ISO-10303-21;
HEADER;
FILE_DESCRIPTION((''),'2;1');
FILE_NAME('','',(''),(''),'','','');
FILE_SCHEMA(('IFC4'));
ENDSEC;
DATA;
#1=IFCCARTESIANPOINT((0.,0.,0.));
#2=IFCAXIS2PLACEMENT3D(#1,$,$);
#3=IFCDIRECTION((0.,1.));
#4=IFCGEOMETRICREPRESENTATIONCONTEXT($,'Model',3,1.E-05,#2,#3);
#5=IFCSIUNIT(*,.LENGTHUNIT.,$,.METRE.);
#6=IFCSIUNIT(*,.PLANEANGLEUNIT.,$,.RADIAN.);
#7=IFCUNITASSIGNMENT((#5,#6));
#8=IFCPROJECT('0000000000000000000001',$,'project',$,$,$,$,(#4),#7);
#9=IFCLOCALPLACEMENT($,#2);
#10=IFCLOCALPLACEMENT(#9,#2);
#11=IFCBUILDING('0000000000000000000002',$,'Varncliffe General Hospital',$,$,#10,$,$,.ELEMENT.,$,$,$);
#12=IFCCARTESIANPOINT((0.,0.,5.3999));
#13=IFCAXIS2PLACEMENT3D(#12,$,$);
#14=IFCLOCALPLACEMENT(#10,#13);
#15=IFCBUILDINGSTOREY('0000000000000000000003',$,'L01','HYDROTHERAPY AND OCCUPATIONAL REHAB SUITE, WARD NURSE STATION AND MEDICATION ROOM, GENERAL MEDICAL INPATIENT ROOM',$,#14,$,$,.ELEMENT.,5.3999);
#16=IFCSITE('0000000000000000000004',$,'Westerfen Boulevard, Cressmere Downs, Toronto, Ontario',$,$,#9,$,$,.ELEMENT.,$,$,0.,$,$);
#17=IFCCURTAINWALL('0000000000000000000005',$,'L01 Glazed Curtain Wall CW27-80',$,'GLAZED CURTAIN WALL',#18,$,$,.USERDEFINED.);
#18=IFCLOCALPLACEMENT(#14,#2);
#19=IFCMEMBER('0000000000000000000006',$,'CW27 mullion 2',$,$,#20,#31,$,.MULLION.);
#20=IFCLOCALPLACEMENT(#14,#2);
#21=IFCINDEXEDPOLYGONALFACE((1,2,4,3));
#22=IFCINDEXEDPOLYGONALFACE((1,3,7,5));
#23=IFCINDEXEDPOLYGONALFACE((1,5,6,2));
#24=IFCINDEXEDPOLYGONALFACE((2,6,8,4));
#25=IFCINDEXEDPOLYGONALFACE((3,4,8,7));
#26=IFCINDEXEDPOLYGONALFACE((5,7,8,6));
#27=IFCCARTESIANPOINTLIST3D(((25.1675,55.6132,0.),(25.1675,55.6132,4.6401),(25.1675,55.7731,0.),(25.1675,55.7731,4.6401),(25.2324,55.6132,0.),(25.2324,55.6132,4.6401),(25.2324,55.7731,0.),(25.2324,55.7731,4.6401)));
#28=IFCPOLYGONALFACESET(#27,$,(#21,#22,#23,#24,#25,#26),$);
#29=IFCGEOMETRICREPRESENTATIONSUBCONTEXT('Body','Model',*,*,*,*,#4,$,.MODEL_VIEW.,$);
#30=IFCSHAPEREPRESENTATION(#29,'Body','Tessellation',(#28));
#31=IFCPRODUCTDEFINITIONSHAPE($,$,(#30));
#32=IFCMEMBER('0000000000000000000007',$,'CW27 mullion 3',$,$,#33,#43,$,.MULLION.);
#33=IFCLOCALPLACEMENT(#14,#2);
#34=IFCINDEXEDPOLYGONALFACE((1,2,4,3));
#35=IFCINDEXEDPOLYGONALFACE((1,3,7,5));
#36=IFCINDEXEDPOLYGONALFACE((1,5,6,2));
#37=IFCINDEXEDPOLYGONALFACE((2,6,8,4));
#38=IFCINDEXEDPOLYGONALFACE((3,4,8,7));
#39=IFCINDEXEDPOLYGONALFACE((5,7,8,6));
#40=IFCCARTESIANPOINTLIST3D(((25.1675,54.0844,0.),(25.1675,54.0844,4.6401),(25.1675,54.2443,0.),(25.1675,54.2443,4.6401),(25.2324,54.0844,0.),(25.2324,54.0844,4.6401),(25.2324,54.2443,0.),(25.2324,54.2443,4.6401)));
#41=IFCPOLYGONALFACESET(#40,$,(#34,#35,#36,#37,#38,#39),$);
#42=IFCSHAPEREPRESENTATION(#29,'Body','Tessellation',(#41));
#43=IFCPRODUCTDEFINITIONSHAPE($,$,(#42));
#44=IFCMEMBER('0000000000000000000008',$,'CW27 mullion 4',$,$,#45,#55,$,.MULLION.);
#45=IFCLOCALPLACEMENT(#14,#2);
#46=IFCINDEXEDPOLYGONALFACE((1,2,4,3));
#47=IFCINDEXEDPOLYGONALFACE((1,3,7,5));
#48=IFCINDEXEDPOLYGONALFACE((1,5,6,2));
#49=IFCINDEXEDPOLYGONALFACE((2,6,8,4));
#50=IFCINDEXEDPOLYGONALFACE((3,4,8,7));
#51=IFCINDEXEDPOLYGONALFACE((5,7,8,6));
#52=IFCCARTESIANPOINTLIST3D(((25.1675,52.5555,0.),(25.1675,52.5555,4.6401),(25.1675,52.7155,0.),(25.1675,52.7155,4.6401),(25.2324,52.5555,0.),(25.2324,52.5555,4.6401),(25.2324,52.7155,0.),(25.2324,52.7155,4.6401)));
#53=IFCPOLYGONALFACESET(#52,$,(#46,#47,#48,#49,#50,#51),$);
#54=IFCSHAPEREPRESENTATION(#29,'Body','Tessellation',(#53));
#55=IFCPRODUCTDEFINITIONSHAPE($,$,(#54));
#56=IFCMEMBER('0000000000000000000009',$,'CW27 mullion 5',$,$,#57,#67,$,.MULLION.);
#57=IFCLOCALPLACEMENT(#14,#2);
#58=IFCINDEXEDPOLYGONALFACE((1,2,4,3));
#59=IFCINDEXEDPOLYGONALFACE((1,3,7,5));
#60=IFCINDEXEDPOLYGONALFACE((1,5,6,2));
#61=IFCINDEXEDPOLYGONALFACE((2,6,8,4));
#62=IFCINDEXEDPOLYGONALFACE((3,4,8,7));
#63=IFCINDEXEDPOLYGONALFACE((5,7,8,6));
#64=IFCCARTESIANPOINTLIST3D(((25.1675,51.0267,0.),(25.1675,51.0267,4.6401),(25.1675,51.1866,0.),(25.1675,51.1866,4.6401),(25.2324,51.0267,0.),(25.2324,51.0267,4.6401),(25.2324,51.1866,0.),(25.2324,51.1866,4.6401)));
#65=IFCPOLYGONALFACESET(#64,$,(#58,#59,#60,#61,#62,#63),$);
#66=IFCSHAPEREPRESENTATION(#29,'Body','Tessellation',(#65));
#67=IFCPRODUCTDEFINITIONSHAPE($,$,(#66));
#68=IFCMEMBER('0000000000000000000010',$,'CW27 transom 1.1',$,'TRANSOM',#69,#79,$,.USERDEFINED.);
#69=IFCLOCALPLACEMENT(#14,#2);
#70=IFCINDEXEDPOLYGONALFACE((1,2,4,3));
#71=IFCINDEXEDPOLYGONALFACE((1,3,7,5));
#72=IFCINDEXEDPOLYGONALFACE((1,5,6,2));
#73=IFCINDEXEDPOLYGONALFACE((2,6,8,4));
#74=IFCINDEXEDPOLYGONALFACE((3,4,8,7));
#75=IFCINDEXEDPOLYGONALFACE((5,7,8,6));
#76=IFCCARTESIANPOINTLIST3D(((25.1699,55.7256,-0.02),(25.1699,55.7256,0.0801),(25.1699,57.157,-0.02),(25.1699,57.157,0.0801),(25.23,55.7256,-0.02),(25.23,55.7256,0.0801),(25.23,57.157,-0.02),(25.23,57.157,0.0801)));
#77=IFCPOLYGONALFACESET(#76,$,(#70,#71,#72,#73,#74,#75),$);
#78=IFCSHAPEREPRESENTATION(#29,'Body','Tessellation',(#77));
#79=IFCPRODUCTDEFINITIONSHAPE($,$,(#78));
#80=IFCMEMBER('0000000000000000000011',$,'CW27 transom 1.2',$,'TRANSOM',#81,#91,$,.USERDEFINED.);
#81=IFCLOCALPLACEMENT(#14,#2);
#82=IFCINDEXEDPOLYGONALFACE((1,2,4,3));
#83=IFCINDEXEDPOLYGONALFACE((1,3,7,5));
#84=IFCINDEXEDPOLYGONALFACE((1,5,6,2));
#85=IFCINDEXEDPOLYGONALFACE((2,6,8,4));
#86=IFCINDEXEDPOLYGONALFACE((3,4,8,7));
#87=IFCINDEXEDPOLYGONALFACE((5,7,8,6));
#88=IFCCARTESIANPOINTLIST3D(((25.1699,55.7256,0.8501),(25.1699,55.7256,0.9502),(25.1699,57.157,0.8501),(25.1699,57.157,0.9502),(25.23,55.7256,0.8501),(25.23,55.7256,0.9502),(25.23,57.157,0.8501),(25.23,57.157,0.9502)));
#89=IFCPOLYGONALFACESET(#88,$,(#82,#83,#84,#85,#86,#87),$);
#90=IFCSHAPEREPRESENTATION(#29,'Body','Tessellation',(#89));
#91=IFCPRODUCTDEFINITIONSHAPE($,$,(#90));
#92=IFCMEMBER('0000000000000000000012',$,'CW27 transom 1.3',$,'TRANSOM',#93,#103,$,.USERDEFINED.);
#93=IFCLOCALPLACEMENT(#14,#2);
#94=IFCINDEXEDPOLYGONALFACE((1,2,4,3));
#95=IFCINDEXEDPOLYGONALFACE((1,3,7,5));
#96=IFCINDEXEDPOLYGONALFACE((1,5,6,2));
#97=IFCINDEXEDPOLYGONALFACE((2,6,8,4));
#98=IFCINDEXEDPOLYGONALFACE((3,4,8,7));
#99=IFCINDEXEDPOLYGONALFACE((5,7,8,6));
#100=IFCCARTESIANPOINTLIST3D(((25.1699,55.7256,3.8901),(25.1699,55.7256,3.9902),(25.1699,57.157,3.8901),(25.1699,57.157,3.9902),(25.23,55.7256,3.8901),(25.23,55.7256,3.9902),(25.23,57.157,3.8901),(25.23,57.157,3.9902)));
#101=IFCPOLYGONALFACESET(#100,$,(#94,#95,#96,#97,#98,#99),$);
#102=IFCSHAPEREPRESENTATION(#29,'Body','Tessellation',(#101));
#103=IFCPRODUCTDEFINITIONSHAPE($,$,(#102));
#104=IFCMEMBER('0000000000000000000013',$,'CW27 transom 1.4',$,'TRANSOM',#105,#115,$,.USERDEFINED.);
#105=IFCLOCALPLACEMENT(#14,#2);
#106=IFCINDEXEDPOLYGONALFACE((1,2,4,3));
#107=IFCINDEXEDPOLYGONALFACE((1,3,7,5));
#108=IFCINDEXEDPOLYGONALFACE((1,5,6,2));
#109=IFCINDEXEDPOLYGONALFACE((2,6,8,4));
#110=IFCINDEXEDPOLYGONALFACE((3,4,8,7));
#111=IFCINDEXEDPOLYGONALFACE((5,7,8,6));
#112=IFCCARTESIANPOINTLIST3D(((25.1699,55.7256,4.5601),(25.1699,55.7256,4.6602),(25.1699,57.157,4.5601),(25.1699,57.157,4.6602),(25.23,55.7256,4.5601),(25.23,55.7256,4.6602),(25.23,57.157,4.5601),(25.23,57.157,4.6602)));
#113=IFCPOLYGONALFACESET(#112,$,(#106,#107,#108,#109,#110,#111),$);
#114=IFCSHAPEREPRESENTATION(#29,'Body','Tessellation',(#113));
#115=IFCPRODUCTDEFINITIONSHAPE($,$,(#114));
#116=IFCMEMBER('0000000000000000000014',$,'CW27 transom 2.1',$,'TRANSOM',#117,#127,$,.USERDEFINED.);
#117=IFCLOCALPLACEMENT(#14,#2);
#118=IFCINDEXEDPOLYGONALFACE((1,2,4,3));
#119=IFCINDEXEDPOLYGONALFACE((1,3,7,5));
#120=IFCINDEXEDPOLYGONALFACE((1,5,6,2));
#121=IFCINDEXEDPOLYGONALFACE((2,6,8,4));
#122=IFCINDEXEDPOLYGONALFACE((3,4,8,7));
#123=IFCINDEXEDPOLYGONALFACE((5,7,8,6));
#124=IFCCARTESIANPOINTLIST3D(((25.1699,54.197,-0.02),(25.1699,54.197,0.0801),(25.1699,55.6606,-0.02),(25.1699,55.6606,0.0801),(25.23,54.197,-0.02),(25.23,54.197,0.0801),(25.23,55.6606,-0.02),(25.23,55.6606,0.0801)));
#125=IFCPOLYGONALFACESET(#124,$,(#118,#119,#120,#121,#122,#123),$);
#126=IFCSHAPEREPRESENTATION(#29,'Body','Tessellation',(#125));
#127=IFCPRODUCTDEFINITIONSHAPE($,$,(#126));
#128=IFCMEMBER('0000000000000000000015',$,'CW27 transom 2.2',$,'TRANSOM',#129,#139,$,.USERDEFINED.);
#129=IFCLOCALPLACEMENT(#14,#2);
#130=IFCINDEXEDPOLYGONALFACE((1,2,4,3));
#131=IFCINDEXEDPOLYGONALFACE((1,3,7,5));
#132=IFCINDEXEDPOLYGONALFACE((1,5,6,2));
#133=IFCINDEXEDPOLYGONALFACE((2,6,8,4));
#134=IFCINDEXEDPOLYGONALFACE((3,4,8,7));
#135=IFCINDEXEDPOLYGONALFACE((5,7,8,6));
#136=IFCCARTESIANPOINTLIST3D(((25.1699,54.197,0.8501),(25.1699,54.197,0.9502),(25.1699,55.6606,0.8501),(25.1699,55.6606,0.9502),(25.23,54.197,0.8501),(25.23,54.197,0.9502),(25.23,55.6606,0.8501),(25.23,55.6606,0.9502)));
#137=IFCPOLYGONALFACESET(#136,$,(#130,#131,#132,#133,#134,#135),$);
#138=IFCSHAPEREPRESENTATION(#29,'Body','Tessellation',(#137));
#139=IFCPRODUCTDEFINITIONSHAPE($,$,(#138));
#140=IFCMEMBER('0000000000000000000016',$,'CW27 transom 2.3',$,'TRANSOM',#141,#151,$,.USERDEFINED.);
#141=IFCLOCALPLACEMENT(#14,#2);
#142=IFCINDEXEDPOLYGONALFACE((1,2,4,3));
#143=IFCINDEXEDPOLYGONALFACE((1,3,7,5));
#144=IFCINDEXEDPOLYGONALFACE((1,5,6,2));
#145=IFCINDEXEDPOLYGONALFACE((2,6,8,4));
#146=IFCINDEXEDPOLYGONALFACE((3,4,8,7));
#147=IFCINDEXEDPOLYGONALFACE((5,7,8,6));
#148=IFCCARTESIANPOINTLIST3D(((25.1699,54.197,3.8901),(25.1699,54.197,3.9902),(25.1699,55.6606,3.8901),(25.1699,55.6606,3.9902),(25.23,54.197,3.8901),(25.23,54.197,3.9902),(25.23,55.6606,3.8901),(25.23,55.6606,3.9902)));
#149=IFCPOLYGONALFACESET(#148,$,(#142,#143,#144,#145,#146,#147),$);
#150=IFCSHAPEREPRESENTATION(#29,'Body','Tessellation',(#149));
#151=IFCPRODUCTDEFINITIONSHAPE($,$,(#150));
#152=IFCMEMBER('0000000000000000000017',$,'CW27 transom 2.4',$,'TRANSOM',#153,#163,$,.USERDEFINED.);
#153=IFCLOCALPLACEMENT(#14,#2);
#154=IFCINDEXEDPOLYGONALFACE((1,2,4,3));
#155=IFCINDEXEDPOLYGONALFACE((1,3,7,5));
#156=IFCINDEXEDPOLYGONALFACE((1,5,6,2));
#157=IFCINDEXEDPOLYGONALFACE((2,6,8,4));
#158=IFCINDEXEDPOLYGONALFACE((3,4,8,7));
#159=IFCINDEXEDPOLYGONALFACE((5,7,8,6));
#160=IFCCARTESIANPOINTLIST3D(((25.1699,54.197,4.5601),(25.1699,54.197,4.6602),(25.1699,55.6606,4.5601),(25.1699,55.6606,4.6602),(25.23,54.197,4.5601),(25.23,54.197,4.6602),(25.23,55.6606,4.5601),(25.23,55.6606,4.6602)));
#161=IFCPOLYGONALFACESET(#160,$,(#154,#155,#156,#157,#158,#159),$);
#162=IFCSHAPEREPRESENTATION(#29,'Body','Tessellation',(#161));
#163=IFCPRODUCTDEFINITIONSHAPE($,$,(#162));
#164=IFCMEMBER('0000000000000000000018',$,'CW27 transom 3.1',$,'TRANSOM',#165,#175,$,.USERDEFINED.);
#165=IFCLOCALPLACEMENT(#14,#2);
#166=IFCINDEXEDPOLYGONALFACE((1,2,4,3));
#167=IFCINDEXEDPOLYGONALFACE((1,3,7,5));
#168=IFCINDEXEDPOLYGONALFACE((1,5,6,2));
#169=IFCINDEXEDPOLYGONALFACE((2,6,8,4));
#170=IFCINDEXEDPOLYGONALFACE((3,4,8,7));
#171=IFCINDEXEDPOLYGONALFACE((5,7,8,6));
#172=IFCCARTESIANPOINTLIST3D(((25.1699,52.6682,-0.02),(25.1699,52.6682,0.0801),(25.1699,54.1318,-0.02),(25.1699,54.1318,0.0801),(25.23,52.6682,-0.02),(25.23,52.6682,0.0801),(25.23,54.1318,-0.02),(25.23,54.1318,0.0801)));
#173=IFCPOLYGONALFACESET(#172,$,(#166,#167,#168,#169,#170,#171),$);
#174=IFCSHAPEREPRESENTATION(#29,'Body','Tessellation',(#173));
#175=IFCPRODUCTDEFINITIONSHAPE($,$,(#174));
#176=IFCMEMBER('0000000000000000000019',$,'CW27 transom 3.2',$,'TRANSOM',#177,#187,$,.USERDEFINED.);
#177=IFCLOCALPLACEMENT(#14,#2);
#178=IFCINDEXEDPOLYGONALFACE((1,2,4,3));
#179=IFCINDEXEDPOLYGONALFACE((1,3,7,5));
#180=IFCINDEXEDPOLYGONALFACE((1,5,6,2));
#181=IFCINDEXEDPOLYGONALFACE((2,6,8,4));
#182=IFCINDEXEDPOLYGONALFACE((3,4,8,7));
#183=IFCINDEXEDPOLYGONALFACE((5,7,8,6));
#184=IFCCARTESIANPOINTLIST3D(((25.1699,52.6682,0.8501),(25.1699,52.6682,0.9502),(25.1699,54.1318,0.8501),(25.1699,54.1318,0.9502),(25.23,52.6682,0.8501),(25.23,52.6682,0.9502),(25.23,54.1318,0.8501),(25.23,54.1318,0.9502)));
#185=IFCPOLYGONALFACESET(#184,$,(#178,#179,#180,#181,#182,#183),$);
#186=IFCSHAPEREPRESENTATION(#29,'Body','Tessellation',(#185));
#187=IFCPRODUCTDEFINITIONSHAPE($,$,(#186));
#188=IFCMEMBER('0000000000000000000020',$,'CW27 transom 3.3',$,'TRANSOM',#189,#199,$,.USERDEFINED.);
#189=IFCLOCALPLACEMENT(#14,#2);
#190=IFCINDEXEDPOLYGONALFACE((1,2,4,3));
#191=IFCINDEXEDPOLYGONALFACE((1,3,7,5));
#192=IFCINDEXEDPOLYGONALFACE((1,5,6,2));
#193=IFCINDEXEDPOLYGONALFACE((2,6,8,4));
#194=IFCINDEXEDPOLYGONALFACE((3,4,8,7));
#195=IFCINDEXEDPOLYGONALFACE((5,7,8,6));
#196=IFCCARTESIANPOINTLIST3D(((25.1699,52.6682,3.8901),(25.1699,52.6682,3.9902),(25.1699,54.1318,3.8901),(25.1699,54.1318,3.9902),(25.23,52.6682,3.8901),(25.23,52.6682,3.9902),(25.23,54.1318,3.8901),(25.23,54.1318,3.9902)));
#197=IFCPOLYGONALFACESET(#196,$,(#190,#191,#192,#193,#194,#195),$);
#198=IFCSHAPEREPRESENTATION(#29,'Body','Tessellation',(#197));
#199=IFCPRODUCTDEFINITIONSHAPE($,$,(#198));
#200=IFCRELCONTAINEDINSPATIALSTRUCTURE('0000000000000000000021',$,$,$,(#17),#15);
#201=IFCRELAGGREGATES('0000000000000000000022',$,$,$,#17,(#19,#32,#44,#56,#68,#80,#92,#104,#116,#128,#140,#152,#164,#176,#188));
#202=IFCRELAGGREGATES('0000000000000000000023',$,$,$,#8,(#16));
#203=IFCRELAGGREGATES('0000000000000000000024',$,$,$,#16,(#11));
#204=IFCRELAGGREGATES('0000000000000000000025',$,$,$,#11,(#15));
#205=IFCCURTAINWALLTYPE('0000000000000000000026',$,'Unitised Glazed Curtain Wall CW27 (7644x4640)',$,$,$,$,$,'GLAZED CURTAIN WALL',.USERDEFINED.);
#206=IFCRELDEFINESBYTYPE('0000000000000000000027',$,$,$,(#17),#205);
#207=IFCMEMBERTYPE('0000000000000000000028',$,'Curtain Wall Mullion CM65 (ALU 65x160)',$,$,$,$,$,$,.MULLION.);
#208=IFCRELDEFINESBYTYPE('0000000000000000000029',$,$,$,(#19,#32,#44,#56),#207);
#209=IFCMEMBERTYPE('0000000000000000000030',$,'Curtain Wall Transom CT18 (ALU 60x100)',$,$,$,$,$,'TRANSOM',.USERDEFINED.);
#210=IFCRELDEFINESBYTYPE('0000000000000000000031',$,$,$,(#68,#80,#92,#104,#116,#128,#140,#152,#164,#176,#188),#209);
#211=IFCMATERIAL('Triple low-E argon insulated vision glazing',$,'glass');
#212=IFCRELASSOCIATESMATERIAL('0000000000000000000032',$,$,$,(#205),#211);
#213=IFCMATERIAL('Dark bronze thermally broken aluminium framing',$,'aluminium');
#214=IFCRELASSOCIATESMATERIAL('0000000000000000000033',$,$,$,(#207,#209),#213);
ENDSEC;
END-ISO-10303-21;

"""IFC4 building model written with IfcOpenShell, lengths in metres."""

from ifc_helpers import new_model, si_unit, direction, frame, origin, origin_2d, place, context, subcontext, project, spatial, rectangle, extrude, material, material_profile, profile_set, type_object, element, aggregate, save


model = new_model("IFC4")

# Units and contexts
model_context = context("Model", 3, precision=1e-05, world=origin(), true_north=direction((0.0, 1.0)))
body_context = subcontext(model_context, "Body", "Model", "MODEL_VIEW")
ifc_project = project(units=[si_unit("LENGTHUNIT", "METRE"), si_unit("PLANEANGLEUNIT", "RADIAN")], contexts=[model_context])

# Site, building, storey
site_placement = place(None, origin())
site = spatial("IfcSite", under=ifc_project, at=site_placement, Name="Westerfen Boulevard, Cressmere Downs, Toronto, Ontario", CompositionType="ELEMENT", RefElevation=0.0)
building_placement = place(site_placement, origin())
building = spatial("IfcBuilding", under=site, at=building_placement, Name="Varncliffe General Hospital", CompositionType="ELEMENT")
storey_placement = place(building_placement, frame((0.0, 0.0, 5.3999)))
storey = spatial("IfcBuildingStorey", under=building, at=storey_placement, Name="L01", Description="HYDROTHERAPY AND OCCUPATIONAL REHAB SUITE, WARD NURSE STATION AND MEDICATION ROOM, GENERAL MEDICAL INPATIENT ROOM", CompositionType="ELEMENT", Elevation=5.3999)

# Curtain wall, members
ifc_material_1 = material(Name="Triple low-E argon insulated vision glazing", Category="glass")
curtain_wall_type = type_object("IfcCurtainWallType", Name="Unitised Glazed Curtain Wall CW27 (7644x4640)", ElementType="GLAZED CURTAIN WALL", PredefinedType="USERDEFINED", material=ifc_material_1)
curtain_wall_placement = place(storey_placement, origin())
curtain_wall = element("IfcCurtainWall", 1, at=curtain_wall_placement, inside=storey, type_object=curtain_wall_type, Name="L01 Glazed Curtain Wall CW27-80", ObjectType="GLAZED CURTAIN WALL", PredefinedType="USERDEFINED")
ifc_material_2 = material(Name="Dark bronze thermally broken aluminium framing", Category="aluminium")
ifc_material_profile_1 = material_profile(ifc_material_2, rectangle(XDim=0.0649, YDim=0.1599, at=origin_2d()), Name="ALU 65x160")
ifc_profile_set_1 = profile_set([ifc_material_profile_1], Name="Dark bronze thermally broken aluminium framing")
member_type_1 = type_object("IfcMemberType", Name="Curtain Wall Mullion CM65 (ALU 65x160)", PredefinedType="MULLION", material=ifc_profile_set_1)
member_1_placement = place(storey_placement, frame((25.2, 55.6931, 0.0), z_axis=(0.0, 0.0, 1.0), x_axis=(1.0, 0.0, 0.0)))
member_1 = element("IfcMember", 2, at=member_1_placement, type_object=member_type_1, Name="CW27 mullion 2", PredefinedType="MULLION", context=body_context, shape_type="SweptSolid", body=[
    extrude(rectangle(XDim=0.0649, YDim=0.1599, at=origin_2d()), origin(), (0.0, 0.0, 1.0), 4.6401),
])
member_2_placement = place(storey_placement, frame((25.2, 54.1643, 0.0), z_axis=(0.0, 0.0, 1.0), x_axis=(1.0, 0.0, 0.0)))
member_2 = element("IfcMember", 3, at=member_2_placement, type_object=member_type_1, Name="CW27 mullion 3", PredefinedType="MULLION", context=body_context, shape_type="SweptSolid", body=[
    extrude(rectangle(XDim=0.0649, YDim=0.1599, at=origin_2d()), origin(), (0.0, 0.0, 1.0), 4.6401),
])
member_3_placement = place(storey_placement, frame((25.2, 52.6355, 0.0), z_axis=(0.0, 0.0, 1.0), x_axis=(1.0, 0.0, 0.0)))
member_3 = element("IfcMember", 4, at=member_3_placement, type_object=member_type_1, Name="CW27 mullion 4", PredefinedType="MULLION", context=body_context, shape_type="SweptSolid", body=[
    extrude(rectangle(XDim=0.0649, YDim=0.1599, at=origin_2d()), origin(), (0.0, 0.0, 1.0), 4.6401),
])
member_4_placement = place(storey_placement, frame((25.2, 51.1067, 0.0), z_axis=(0.0, 0.0, 1.0), x_axis=(1.0, 0.0, 0.0)))
member_4 = element("IfcMember", 5, at=member_4_placement, type_object=member_type_1, Name="CW27 mullion 5", PredefinedType="MULLION", context=body_context, shape_type="SweptSolid", body=[
    extrude(rectangle(XDim=0.0649, YDim=0.1599, at=origin_2d()), origin(), (0.0, 0.0, 1.0), 4.6401),
])
ifc_material_profile_2 = material_profile(ifc_material_2, rectangle(XDim=0.0601, YDim=0.1001, at=origin_2d()), Name="ALU 60x100")
ifc_profile_set_2 = profile_set([ifc_material_profile_2], Name="Dark bronze thermally broken aluminium framing")
member_type_2 = type_object("IfcMemberType", Name="Curtain Wall Transom CT18 (ALU 60x100)", ElementType="TRANSOM", PredefinedType="USERDEFINED", material=ifc_profile_set_2)
member_5_placement = place(storey_placement, frame((25.2, 57.157, 0.03), z_axis=(0.0, -1.0, 0.0), x_axis=(1.0, 0.0, 0.0)))
member_5 = element("IfcMember", 6, at=member_5_placement, type_object=member_type_2, Name="CW27 transom 1.1", ObjectType="TRANSOM", PredefinedType="USERDEFINED", context=body_context, shape_type="SweptSolid", body=[
    extrude(rectangle(XDim=0.0601, YDim=0.1001, at=origin_2d()), origin(), (0.0, 0.0, 1.0), 1.4314),
])
member_6_placement = place(storey_placement, frame((25.2, 57.157, 0.9001), z_axis=(0.0, -1.0, 0.0), x_axis=(1.0, 0.0, 0.0)))
member_6 = element("IfcMember", 7, at=member_6_placement, type_object=member_type_2, Name="CW27 transom 1.2", ObjectType="TRANSOM", PredefinedType="USERDEFINED", context=body_context, shape_type="SweptSolid", body=[
    extrude(rectangle(XDim=0.0601, YDim=0.1001, at=origin_2d()), origin(), (0.0, 0.0, 1.0), 1.4314),
])
member_7_placement = place(storey_placement, frame((25.2, 57.157, 3.9402), z_axis=(0.0, -1.0, 0.0), x_axis=(1.0, 0.0, 0.0)))
member_7 = element("IfcMember", 8, at=member_7_placement, type_object=member_type_2, Name="CW27 transom 1.3", ObjectType="TRANSOM", PredefinedType="USERDEFINED", context=body_context, shape_type="SweptSolid", body=[
    extrude(rectangle(XDim=0.0601, YDim=0.1001, at=origin_2d()), origin(), (0.0, 0.0, 1.0), 1.4314),
])
member_8_placement = place(storey_placement, frame((25.2, 57.157, 4.6101), z_axis=(0.0, -1.0, 0.0), x_axis=(1.0, 0.0, 0.0)))
member_8 = element("IfcMember", 9, at=member_8_placement, type_object=member_type_2, Name="CW27 transom 1.4", ObjectType="TRANSOM", PredefinedType="USERDEFINED", context=body_context, shape_type="SweptSolid", body=[
    extrude(rectangle(XDim=0.0601, YDim=0.1001, at=origin_2d()), origin(), (0.0, 0.0, 1.0), 1.4314),
])
member_9_placement = place(storey_placement, frame((25.2, 55.6606, 0.03), z_axis=(0.0, -1.0, 0.0), x_axis=(1.0, 0.0, 0.0)))
member_9 = element("IfcMember", 10, at=member_9_placement, type_object=member_type_2, Name="CW27 transom 2.1", ObjectType="TRANSOM", PredefinedType="USERDEFINED", context=body_context, shape_type="SweptSolid", body=[
    extrude(rectangle(XDim=0.0601, YDim=0.1001, at=origin_2d()), origin(), (0.0, 0.0, 1.0), 1.4636),
])
member_10_placement = place(storey_placement, frame((25.2, 55.6606, 0.9001), z_axis=(0.0, -1.0, 0.0), x_axis=(1.0, 0.0, 0.0)))
member_10 = element("IfcMember", 11, at=member_10_placement, type_object=member_type_2, Name="CW27 transom 2.2", ObjectType="TRANSOM", PredefinedType="USERDEFINED", context=body_context, shape_type="SweptSolid", body=[
    extrude(rectangle(XDim=0.0601, YDim=0.1001, at=origin_2d()), origin(), (0.0, 0.0, 1.0), 1.4636),
])
member_11_placement = place(storey_placement, frame((25.2, 55.6606, 3.9402), z_axis=(0.0, -1.0, 0.0), x_axis=(1.0, 0.0, 0.0)))
member_11 = element("IfcMember", 12, at=member_11_placement, type_object=member_type_2, Name="CW27 transom 2.3", ObjectType="TRANSOM", PredefinedType="USERDEFINED", context=body_context, shape_type="SweptSolid", body=[
    extrude(rectangle(XDim=0.0601, YDim=0.1001, at=origin_2d()), origin(), (0.0, 0.0, 1.0), 1.4636),
])
member_12_placement = place(storey_placement, frame((25.2, 55.6606, 4.6101), z_axis=(0.0, -1.0, 0.0), x_axis=(1.0, 0.0, 0.0)))
member_12 = element("IfcMember", 13, at=member_12_placement, type_object=member_type_2, Name="CW27 transom 2.4", ObjectType="TRANSOM", PredefinedType="USERDEFINED", context=body_context, shape_type="SweptSolid", body=[
    extrude(rectangle(XDim=0.0601, YDim=0.1001, at=origin_2d()), origin(), (0.0, 0.0, 1.0), 1.4636),
])
member_13_placement = place(storey_placement, frame((25.2, 54.1318, 0.03), z_axis=(0.0, -1.0, 0.0), x_axis=(1.0, 0.0, 0.0)))
member_13 = element("IfcMember", 14, at=member_13_placement, type_object=member_type_2, Name="CW27 transom 3.1", ObjectType="TRANSOM", PredefinedType="USERDEFINED", context=body_context, shape_type="SweptSolid", body=[
    extrude(rectangle(XDim=0.0601, YDim=0.1001, at=origin_2d()), origin(), (0.0, 0.0, 1.0), 1.4636),
])
member_14_placement = place(storey_placement, frame((25.2, 54.1318, 0.9001), z_axis=(0.0, -1.0, 0.0), x_axis=(1.0, 0.0, 0.0)))
member_14 = element("IfcMember", 15, at=member_14_placement, type_object=member_type_2, Name="CW27 transom 3.2", ObjectType="TRANSOM", PredefinedType="USERDEFINED", context=body_context, shape_type="SweptSolid", body=[
    extrude(rectangle(XDim=0.0601, YDim=0.1001, at=origin_2d()), origin(), (0.0, 0.0, 1.0), 1.4636),
])
member_15_placement = place(storey_placement, frame((25.2, 54.1318, 3.9402), z_axis=(0.0, -1.0, 0.0), x_axis=(1.0, 0.0, 0.0)))
member_15 = element("IfcMember", 16, at=member_15_placement, type_object=member_type_2, Name="CW27 transom 3.3", ObjectType="TRANSOM", PredefinedType="USERDEFINED", context=body_context, shape_type="SweptSolid", body=[
    extrude(rectangle(XDim=0.0601, YDim=0.1001, at=origin_2d()), origin(), (0.0, 0.0, 1.0), 1.4636),
])
aggregate(curtain_wall, [member_1, member_2, member_3, member_4, member_5, member_6, member_7, member_8, member_9, member_10, member_11, member_12, member_13, member_14, member_15])

save(model, "model.ifc")
